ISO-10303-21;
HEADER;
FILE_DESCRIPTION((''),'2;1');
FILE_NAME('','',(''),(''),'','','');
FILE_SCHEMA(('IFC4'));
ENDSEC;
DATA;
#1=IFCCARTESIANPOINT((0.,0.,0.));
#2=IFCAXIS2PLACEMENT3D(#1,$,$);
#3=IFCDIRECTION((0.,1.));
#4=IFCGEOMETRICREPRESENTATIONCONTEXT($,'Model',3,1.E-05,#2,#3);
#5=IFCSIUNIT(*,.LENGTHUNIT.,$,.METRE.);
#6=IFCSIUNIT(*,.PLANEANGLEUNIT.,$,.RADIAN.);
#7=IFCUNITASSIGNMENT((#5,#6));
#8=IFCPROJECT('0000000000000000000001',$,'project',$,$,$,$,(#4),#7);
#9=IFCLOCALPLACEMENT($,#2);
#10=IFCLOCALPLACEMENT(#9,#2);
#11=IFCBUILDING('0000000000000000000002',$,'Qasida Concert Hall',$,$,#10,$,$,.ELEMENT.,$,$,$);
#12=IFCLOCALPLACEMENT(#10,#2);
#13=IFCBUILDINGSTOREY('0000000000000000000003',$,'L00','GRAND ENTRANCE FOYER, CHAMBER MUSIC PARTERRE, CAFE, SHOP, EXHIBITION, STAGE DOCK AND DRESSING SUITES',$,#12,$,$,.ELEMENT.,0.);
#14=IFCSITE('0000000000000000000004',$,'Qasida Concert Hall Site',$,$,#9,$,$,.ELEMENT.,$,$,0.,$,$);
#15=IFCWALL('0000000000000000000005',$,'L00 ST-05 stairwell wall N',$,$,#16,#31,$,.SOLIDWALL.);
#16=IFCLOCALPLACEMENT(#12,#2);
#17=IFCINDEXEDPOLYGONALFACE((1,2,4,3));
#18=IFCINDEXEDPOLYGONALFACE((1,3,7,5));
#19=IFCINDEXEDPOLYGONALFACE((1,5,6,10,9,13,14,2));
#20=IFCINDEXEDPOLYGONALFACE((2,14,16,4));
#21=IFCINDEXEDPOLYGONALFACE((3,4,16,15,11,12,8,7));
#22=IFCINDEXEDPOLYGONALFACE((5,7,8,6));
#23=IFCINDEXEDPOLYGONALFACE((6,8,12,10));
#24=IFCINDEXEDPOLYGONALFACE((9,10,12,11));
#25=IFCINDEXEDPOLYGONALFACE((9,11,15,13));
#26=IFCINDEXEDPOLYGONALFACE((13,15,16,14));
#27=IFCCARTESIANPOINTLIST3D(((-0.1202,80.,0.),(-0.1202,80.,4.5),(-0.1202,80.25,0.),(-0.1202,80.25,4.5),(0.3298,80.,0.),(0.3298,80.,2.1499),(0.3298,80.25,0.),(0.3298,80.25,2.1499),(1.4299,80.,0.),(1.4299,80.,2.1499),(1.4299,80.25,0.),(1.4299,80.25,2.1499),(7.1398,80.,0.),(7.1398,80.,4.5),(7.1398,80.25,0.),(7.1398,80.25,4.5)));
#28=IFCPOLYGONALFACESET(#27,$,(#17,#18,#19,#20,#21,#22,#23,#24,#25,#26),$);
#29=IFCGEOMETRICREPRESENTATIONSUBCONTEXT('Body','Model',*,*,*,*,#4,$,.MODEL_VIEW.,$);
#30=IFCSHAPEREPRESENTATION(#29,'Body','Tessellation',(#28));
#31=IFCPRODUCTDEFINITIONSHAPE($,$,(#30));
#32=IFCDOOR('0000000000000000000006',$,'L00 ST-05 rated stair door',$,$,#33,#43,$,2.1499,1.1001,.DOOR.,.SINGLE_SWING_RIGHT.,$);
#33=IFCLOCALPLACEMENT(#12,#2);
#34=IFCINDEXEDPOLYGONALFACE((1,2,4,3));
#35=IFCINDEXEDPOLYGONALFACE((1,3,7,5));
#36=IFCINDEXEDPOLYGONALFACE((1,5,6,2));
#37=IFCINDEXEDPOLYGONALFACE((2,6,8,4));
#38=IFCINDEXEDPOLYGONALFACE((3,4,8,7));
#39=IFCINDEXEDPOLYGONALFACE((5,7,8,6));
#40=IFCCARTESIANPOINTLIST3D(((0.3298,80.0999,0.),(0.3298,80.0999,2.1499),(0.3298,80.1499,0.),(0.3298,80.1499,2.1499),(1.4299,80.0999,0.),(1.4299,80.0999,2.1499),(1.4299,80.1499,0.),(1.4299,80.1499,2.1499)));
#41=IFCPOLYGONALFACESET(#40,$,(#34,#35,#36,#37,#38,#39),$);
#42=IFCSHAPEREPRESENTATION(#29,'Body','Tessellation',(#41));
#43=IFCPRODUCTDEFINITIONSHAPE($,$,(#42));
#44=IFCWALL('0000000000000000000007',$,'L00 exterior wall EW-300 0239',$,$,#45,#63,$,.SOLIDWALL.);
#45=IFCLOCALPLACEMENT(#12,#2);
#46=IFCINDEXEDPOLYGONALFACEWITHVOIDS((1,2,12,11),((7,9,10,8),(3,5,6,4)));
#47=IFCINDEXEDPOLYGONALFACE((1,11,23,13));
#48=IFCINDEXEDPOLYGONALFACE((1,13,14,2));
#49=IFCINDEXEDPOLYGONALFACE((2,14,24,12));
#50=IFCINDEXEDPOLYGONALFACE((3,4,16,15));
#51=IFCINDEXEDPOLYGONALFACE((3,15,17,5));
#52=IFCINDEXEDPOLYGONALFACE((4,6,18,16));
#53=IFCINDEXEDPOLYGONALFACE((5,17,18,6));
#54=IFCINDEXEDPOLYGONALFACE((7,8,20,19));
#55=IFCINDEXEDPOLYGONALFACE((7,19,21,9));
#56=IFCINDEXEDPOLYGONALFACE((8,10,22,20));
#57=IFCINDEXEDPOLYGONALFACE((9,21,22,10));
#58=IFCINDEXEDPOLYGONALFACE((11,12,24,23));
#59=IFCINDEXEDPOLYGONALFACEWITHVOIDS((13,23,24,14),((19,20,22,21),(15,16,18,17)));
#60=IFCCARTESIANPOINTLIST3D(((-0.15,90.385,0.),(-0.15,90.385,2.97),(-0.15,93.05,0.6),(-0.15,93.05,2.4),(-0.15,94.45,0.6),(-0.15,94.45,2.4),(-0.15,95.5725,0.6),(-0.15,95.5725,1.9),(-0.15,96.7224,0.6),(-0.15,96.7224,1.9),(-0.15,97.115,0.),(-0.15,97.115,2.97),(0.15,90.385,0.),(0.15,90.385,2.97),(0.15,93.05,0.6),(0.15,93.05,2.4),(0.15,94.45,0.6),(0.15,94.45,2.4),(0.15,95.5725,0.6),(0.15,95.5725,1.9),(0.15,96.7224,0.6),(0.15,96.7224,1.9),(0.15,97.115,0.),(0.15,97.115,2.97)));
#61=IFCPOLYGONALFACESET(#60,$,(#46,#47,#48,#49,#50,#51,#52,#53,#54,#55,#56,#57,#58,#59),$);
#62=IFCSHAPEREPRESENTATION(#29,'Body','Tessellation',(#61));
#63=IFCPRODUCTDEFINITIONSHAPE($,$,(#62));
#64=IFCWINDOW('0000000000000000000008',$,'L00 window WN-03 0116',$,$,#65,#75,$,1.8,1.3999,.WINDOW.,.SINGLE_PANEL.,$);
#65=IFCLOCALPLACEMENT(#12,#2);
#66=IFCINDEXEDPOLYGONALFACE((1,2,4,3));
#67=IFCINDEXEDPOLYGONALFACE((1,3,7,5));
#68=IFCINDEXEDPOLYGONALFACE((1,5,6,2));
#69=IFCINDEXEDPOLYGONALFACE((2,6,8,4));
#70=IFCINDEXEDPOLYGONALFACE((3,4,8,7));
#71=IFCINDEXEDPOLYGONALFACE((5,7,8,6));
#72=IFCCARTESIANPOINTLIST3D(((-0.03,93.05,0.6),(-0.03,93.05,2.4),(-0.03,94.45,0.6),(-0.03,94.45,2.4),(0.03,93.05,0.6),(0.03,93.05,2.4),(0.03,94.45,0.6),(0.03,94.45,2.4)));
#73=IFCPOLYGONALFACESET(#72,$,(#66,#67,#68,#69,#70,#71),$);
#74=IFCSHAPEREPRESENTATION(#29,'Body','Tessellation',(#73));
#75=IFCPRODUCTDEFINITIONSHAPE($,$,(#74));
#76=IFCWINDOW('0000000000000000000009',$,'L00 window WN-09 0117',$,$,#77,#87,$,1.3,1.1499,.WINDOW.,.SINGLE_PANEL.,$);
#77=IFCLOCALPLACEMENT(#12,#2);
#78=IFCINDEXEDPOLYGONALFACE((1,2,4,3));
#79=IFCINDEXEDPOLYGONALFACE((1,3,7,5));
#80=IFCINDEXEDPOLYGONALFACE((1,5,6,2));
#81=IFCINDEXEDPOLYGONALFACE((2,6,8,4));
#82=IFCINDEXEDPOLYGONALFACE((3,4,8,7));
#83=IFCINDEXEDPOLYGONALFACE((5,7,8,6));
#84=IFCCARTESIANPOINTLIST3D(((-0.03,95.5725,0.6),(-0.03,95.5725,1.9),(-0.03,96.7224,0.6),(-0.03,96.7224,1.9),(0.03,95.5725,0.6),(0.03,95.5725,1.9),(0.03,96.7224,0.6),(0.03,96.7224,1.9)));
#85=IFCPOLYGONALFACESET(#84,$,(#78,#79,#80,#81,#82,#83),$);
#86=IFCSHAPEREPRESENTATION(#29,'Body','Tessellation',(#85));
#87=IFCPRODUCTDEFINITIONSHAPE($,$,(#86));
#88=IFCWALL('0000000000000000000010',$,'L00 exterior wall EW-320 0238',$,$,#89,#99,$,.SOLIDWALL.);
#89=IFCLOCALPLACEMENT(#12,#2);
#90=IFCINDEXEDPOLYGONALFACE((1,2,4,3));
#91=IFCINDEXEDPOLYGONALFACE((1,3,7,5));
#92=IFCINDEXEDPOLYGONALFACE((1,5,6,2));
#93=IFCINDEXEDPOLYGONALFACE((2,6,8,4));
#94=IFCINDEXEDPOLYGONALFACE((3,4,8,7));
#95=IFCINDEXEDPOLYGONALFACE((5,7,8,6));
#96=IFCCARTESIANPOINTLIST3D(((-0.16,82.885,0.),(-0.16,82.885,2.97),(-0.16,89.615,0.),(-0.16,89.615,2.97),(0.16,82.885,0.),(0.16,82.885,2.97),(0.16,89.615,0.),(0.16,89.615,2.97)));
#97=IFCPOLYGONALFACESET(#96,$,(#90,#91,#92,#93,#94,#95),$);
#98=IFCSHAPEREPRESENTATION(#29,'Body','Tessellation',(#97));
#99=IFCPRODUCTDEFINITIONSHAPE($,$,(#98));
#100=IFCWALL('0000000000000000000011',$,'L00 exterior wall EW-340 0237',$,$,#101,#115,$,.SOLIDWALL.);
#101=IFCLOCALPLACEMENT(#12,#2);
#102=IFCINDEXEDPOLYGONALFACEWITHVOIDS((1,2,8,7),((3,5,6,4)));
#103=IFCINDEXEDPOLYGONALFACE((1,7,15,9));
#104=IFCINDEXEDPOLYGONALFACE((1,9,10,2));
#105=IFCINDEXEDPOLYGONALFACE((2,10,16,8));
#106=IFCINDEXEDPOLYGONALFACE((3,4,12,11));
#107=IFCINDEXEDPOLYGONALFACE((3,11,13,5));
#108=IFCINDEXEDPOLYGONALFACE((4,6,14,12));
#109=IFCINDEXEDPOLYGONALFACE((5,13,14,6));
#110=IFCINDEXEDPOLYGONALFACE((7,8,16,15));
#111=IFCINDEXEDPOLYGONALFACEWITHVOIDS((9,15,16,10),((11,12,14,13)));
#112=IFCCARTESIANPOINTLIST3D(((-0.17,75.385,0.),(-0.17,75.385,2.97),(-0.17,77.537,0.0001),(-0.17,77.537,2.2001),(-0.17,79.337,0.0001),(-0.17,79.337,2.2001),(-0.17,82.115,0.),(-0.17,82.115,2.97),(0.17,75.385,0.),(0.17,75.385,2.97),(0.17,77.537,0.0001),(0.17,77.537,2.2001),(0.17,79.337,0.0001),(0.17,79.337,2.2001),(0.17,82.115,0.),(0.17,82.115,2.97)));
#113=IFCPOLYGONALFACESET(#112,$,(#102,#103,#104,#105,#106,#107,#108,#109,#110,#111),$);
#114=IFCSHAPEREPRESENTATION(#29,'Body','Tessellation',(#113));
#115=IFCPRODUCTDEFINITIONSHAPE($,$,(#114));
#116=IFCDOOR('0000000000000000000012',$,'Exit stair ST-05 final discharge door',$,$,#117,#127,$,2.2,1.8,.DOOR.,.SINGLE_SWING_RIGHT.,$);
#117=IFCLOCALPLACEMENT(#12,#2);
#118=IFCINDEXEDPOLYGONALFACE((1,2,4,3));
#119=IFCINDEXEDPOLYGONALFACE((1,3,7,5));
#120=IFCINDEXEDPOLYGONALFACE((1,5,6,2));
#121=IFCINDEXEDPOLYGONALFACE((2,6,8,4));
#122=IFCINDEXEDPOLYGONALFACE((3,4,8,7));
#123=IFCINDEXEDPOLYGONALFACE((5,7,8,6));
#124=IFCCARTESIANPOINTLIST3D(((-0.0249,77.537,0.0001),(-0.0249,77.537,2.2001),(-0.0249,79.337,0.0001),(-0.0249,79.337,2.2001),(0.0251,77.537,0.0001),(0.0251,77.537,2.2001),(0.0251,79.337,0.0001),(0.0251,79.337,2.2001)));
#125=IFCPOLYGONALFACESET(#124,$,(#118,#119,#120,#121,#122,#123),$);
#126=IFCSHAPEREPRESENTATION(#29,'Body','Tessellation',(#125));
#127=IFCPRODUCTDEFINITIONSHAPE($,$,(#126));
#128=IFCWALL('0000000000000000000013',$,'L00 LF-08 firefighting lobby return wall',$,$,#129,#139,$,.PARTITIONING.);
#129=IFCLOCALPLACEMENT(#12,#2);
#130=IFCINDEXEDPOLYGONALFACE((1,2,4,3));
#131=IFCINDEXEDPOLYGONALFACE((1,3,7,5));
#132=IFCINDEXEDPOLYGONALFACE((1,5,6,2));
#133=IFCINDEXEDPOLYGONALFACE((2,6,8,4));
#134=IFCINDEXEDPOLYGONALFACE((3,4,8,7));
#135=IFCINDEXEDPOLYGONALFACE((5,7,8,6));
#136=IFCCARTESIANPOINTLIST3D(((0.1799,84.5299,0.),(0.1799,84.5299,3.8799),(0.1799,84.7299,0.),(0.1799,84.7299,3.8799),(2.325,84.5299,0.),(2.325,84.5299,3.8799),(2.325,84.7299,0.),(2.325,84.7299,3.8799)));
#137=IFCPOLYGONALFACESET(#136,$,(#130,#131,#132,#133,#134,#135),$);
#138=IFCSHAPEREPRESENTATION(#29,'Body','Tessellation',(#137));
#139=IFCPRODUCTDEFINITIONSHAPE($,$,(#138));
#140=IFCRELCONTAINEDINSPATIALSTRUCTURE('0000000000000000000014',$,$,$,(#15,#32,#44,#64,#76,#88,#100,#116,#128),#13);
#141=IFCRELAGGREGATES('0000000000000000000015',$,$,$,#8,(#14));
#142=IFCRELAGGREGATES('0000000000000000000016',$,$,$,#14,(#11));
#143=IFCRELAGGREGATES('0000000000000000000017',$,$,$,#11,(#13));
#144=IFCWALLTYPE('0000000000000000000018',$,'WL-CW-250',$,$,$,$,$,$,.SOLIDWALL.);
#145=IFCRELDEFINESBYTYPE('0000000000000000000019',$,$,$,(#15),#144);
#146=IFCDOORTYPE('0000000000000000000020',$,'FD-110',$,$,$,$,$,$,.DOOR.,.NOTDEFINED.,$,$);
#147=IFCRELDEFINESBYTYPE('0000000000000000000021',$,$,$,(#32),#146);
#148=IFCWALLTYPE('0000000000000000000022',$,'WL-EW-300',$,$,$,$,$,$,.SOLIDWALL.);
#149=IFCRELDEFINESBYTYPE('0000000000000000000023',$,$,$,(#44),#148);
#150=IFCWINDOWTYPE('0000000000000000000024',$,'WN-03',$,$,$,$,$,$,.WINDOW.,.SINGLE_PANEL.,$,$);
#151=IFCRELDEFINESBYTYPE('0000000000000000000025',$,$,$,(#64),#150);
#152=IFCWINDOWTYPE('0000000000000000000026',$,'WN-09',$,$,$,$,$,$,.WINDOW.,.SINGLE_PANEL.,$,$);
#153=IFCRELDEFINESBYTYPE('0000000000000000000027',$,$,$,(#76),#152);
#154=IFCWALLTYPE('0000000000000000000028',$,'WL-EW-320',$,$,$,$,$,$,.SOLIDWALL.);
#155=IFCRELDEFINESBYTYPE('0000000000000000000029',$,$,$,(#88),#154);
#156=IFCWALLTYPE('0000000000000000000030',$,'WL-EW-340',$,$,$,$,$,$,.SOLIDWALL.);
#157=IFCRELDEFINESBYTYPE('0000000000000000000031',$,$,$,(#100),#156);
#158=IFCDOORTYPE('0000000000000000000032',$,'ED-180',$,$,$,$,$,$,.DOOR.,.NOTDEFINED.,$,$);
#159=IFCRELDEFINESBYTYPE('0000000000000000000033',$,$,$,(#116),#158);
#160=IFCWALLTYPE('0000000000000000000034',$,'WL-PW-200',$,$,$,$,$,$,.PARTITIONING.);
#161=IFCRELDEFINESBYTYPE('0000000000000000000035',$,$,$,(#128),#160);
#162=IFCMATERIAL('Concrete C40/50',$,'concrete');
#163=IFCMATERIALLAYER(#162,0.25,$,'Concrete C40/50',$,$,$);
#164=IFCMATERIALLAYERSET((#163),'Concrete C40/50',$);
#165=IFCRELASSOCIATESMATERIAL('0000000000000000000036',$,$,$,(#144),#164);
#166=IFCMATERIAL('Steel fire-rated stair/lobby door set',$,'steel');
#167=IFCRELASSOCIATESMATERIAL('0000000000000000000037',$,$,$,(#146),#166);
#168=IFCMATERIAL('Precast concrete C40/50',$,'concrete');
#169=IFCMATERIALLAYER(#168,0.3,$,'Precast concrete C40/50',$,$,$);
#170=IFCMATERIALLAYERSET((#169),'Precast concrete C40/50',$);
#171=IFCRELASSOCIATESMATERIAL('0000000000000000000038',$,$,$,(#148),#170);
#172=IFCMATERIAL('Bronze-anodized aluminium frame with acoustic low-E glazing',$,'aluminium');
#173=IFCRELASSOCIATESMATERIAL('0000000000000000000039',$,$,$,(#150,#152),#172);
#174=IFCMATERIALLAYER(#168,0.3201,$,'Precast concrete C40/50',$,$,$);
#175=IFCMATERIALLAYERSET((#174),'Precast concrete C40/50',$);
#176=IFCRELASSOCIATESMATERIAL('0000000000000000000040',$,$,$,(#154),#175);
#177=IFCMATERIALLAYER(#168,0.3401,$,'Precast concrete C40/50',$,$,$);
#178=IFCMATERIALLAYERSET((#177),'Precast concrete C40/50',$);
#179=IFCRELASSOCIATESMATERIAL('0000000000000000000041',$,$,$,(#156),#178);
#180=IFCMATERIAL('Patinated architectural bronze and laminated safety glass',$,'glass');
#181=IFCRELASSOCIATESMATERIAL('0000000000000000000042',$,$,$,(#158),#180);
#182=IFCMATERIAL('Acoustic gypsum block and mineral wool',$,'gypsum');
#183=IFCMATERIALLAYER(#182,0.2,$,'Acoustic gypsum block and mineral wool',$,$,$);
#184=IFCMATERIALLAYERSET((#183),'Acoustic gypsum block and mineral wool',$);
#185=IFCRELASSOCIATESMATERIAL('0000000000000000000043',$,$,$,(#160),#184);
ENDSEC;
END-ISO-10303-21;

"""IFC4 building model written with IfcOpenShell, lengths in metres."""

from ifc_helpers import new_model, si_unit, direction, frame, frame_2d, origin, place, context, subcontext, project, spatial, rectangle, extrude, material, layer, layer_set, type_object, element, fill, save


model = new_model("IFC4")

# Units and contexts
model_context = context("Model", 3, precision=1e-05, world=origin(), true_north=direction((0.0, 1.0)))
body_context = subcontext(model_context, "Body", "Model", "MODEL_VIEW")
ifc_project = project(units=[si_unit("LENGTHUNIT", "METRE"), si_unit("PLANEANGLEUNIT", "RADIAN")], contexts=[model_context])

# Site, building, storey
site_placement = place(None, origin())
site = spatial("IfcSite", under=ifc_project, at=site_placement, Name="Qasida Concert Hall Site", CompositionType="ELEMENT", RefElevation=0.0)
building_placement = place(site_placement, origin())
building = spatial("IfcBuilding", under=site, at=building_placement, Name="Qasida Concert Hall", CompositionType="ELEMENT")
storey_placement = place(building_placement, origin())
storey = spatial("IfcBuildingStorey", under=building, at=storey_placement, Name="L00", Description="GRAND ENTRANCE FOYER, CHAMBER MUSIC PARTERRE, CAFE, SHOP, EXHIBITION, STAGE DOCK AND DRESSING SUITES", CompositionType="ELEMENT", Elevation=0.0)

# Shared definitions
ifc_material_1 = material(Name="Concrete C40/50", Category="concrete")

# Shared definitions
ifc_layer_1 = layer(ifc_material_1, 0.25, Name="Concrete C40/50")
ifc_layer_set_1 = layer_set([ifc_layer_1], Name="Concrete C40/50")
wall_type_1 = type_object("IfcWallType", Name="WL-CW-250", PredefinedType="SOLIDWALL", material=ifc_layer_set_1)

# Wall, opening, door
wall_1_placement = place(storey_placement, frame((-0.1201, 80.125, 0.0), z_axis=(0.0, 0.0, 1.0), x_axis=(1.0, 0.0, 0.0)))
wall_1 = element("IfcWall", 1, at=wall_1_placement, inside=storey, type_object=wall_type_1, Name="L00 ST-05 stairwell wall N", PredefinedType="SOLIDWALL", context=body_context, shape_type="SweptSolid", body=[
    extrude(rectangle(XDim=7.26, YDim=0.25, at=frame_2d((3.6299, 0.0))), origin(), (0.0, 0.0, 1.0), 4.5),
])
opening_1_placement = place(wall_1_placement, frame((0.45, 0.0, 0.0)))
opening_1 = element("IfcOpeningElement", 2, at=opening_1_placement, cuts=wall_1, PredefinedType="OPENING", context=body_context, shape_type="SweptSolid", body=[
    extrude(rectangle(XDim=1.1001, YDim=2.1499, at=frame_2d((0.55, 1.075))), frame((0.0, 0.135, 0.0), z_axis=(0.0, -1.0, 0.0), x_axis=(1.0, 0.0, 0.0)), (0.0, 0.0, 1.0), 0.27),
])
ifc_material_2 = material(Name="Steel fire-rated stair/lobby door set", Category="steel")
door_type_1 = type_object("IfcDoorType", Name="FD-110", OperationType="NOTDEFINED", PredefinedType="DOOR", material=ifc_material_2)
door_1_placement = place(opening_1_placement, origin())
door_1 = element("IfcDoor", 3, at=door_1_placement, inside=storey, type_object=door_type_1, Name="L00 ST-05 rated stair door", OperationType="SINGLE_SWING_RIGHT", OverallHeight=2.1499, OverallWidth=1.1001, PredefinedType="DOOR", context=body_context, shape_type="SweptSolid", body=[
    extrude(rectangle(XDim=1.1001, YDim=2.1499, at=frame_2d((0.55, 1.075))), frame((0.0, 0.0249, 0.0), z_axis=(0.0, -1.0, 0.0), x_axis=(1.0, 0.0, 0.0)), (0.0, 0.0, 1.0), 0.05),
])
fill(opening_1, door_1)

# Wall, openings, windows
ifc_material_3 = material(Name="Precast concrete C40/50", Category="concrete")
ifc_layer_2 = layer(ifc_material_3, 0.3, Name="Precast concrete C40/50")
ifc_layer_set_2 = layer_set([ifc_layer_2], Name="Precast concrete C40/50")
wall_type_2 = type_object("IfcWallType", Name="WL-EW-300", PredefinedType="SOLIDWALL", material=ifc_layer_set_2)
wall_2_placement = place(storey_placement, frame((0.0, 90.385, 0.0), z_axis=(0.0, 0.0, 1.0), x_axis=(0.0, 1.0, 0.0)))
wall_2 = element("IfcWall", 4, at=wall_2_placement, inside=storey, type_object=wall_type_2, Name="L00 exterior wall EW-300 0239", PredefinedType="SOLIDWALL", context=body_context, shape_type="SweptSolid", body=[
    extrude(rectangle(XDim=6.73, YDim=0.3, at=frame_2d((3.365, 0.0))), origin(), (0.0, 0.0, 1.0), 2.97),
])
opening_2_placement = place(wall_2_placement, frame((2.665, 0.0, 0.6001)))
opening_2 = element("IfcOpeningElement", 5, at=opening_2_placement, cuts=wall_2, PredefinedType="OPENING", context=body_context, shape_type="SweptSolid", body=[
    extrude(rectangle(XDim=1.3999, YDim=1.8, at=frame_2d((0.7, 0.8999))), frame((0.0, 0.1599, 0.0), z_axis=(0.0, -1.0, 0.0), x_axis=(1.0, 0.0, 0.0)), (0.0, 0.0, 1.0), 0.3201),
])
opening_3_placement = place(wall_2_placement, frame((5.1875, 0.0, 0.6001)))
opening_3 = element("IfcOpeningElement", 6, at=opening_3_placement, cuts=wall_2, PredefinedType="OPENING", context=body_context, shape_type="SweptSolid", body=[
    extrude(rectangle(XDim=1.1499, YDim=1.3, at=frame_2d((0.575, 0.6499))), frame((0.0, 0.1599, 0.0), z_axis=(0.0, -1.0, 0.0), x_axis=(1.0, 0.0, 0.0)), (0.0, 0.0, 1.0), 0.3201),
])
ifc_material_4 = material(Name="Bronze-anodized aluminium frame with acoustic low-E glazing", Category="aluminium")
window_type_1 = type_object("IfcWindowType", Name="WN-03", PartitioningType="SINGLE_PANEL", PredefinedType="WINDOW", material=ifc_material_4)
window_1_placement = place(opening_2_placement, origin())
window_1 = element("IfcWindow", 7, at=window_1_placement, inside=storey, type_object=window_type_1, Name="L00 window WN-03 0116", OverallHeight=1.8, OverallWidth=1.3999, PartitioningType="SINGLE_PANEL", PredefinedType="WINDOW", context=body_context, shape_type="SweptSolid", body=[
    extrude(rectangle(XDim=1.3999, YDim=1.8, at=frame_2d((0.7, 0.8999))), frame((0.0, 0.03, 0.0), z_axis=(0.0, -1.0, 0.0), x_axis=(1.0, 0.0, 0.0)), (0.0, 0.0, 1.0), 0.0601),
])
fill(opening_2, window_1)
window_type_2 = type_object("IfcWindowType", Name="WN-09", PartitioningType="SINGLE_PANEL", PredefinedType="WINDOW", material=ifc_material_4)
window_2_placement = place(opening_3_placement, origin())
window_2 = element("IfcWindow", 8, at=window_2_placement, inside=storey, type_object=window_type_2, Name="L00 window WN-09 0117", OverallHeight=1.3, OverallWidth=1.1499, PartitioningType="SINGLE_PANEL", PredefinedType="WINDOW", context=body_context, shape_type="SweptSolid", body=[
    extrude(rectangle(XDim=1.1499, YDim=1.3, at=frame_2d((0.575, 0.6499))), frame((0.0, 0.03, 0.0), z_axis=(0.0, -1.0, 0.0), x_axis=(1.0, 0.0, 0.0)), (0.0, 0.0, 1.0), 0.0601),
])
fill(opening_3, window_2)

# Wall
ifc_layer_3 = layer(ifc_material_3, 0.3201, Name="Precast concrete C40/50")
ifc_layer_set_3 = layer_set([ifc_layer_3], Name="Precast concrete C40/50")
wall_type_3 = type_object("IfcWallType", Name="WL-EW-320", PredefinedType="SOLIDWALL", material=ifc_layer_set_3)
wall_3_placement = place(storey_placement, frame((0.0, 82.885, 0.0), z_axis=(0.0, 0.0, 1.0), x_axis=(0.0, 1.0, 0.0)))
element("IfcWall", 9, at=wall_3_placement, inside=storey, type_object=wall_type_3, Name="L00 exterior wall EW-320 0238", PredefinedType="SOLIDWALL", context=body_context, shape_type="SweptSolid", body=[
    extrude(rectangle(XDim=6.73, YDim=0.3201, at=frame_2d((3.365, 0.0))), origin(), (0.0, 0.0, 1.0), 2.97),
])

# Wall, opening, door
ifc_layer_4 = layer(ifc_material_3, 0.3401, Name="Precast concrete C40/50")
ifc_layer_set_4 = layer_set([ifc_layer_4], Name="Precast concrete C40/50")
wall_type_4 = type_object("IfcWallType", Name="WL-EW-340", PredefinedType="SOLIDWALL", material=ifc_layer_set_4)
wall_4_placement = place(storey_placement, frame((0.0, 75.385, 0.0), z_axis=(0.0, 0.0, 1.0), x_axis=(0.0, 1.0, 0.0)))
wall_4 = element("IfcWall", 10, at=wall_4_placement, inside=storey, type_object=wall_type_4, Name="L00 exterior wall EW-340 0237", PredefinedType="SOLIDWALL", context=body_context, shape_type="SweptSolid", body=[
    extrude(rectangle(XDim=6.73, YDim=0.3401, at=frame_2d((3.365, 0.0))), origin(), (0.0, 0.0, 1.0), 2.97),
])
opening_4_placement = place(wall_4_placement, frame((2.1521, 0.0, 0.0)))
opening_4 = element("IfcOpeningElement", 11, at=opening_4_placement, cuts=wall_4, PredefinedType="OPENING", context=body_context, shape_type="SweptSolid", body=[
    extrude(rectangle(XDim=1.8, YDim=2.2, at=frame_2d((0.8999, 1.1001))), frame((0.0, 0.1799, 0.0), z_axis=(0.0, -1.0, 0.0), x_axis=(1.0, 0.0, 0.0)), (0.0, 0.0, 1.0), 0.3601),
])
ifc_material_5 = material(Name="Patinated architectural bronze and laminated safety glass", Category="glass")
door_type_2 = type_object("IfcDoorType", Name="ED-180", OperationType="NOTDEFINED", PredefinedType="DOOR", material=ifc_material_5)
door_2_placement = place(opening_4_placement, origin())
door_2 = element("IfcDoor", 12, at=door_2_placement, inside=storey, type_object=door_type_2, Name="Exit stair ST-05 final discharge door", OperationType="SINGLE_SWING_RIGHT", OverallHeight=2.2, OverallWidth=1.8, PredefinedType="DOOR", context=body_context, shape_type="SweptSolid", body=[
    extrude(rectangle(XDim=1.8, YDim=2.2, at=frame_2d((0.8999, 1.1001))), frame((0.0, 0.0249, 0.0), z_axis=(0.0, -1.0, 0.0), x_axis=(1.0, 0.0, 0.0)), (0.0, 0.0, 1.0), 0.05),
])
fill(opening_4, door_2)

# Wall
ifc_material_6 = material(Name="Acoustic gypsum block and mineral wool", Category="gypsum")
ifc_layer_5 = layer(ifc_material_6, 0.2, Name="Acoustic gypsum block and mineral wool")
ifc_layer_set_5 = layer_set([ifc_layer_5], Name="Acoustic gypsum block and mineral wool")
wall_type_5 = type_object("IfcWallType", Name="WL-PW-200", PredefinedType="PARTITIONING", material=ifc_layer_set_5)
wall_5_placement = place(storey_placement, frame((0.1799, 84.6299, 0.0), z_axis=(0.0, 0.0, 1.0), x_axis=(1.0, 0.0, 0.0)))
element("IfcWall", 13, at=wall_5_placement, inside=storey, type_object=wall_type_5, Name="L00 LF-08 firefighting lobby return wall", PredefinedType="PARTITIONING", context=body_context, shape_type="SweptSolid", body=[
    extrude(rectangle(XDim=2.145, YDim=0.2, at=frame_2d((1.0725, 0.0))), origin(), (0.0, 0.0, 1.0), 3.8799),
])

save(model, "model.ifc")
